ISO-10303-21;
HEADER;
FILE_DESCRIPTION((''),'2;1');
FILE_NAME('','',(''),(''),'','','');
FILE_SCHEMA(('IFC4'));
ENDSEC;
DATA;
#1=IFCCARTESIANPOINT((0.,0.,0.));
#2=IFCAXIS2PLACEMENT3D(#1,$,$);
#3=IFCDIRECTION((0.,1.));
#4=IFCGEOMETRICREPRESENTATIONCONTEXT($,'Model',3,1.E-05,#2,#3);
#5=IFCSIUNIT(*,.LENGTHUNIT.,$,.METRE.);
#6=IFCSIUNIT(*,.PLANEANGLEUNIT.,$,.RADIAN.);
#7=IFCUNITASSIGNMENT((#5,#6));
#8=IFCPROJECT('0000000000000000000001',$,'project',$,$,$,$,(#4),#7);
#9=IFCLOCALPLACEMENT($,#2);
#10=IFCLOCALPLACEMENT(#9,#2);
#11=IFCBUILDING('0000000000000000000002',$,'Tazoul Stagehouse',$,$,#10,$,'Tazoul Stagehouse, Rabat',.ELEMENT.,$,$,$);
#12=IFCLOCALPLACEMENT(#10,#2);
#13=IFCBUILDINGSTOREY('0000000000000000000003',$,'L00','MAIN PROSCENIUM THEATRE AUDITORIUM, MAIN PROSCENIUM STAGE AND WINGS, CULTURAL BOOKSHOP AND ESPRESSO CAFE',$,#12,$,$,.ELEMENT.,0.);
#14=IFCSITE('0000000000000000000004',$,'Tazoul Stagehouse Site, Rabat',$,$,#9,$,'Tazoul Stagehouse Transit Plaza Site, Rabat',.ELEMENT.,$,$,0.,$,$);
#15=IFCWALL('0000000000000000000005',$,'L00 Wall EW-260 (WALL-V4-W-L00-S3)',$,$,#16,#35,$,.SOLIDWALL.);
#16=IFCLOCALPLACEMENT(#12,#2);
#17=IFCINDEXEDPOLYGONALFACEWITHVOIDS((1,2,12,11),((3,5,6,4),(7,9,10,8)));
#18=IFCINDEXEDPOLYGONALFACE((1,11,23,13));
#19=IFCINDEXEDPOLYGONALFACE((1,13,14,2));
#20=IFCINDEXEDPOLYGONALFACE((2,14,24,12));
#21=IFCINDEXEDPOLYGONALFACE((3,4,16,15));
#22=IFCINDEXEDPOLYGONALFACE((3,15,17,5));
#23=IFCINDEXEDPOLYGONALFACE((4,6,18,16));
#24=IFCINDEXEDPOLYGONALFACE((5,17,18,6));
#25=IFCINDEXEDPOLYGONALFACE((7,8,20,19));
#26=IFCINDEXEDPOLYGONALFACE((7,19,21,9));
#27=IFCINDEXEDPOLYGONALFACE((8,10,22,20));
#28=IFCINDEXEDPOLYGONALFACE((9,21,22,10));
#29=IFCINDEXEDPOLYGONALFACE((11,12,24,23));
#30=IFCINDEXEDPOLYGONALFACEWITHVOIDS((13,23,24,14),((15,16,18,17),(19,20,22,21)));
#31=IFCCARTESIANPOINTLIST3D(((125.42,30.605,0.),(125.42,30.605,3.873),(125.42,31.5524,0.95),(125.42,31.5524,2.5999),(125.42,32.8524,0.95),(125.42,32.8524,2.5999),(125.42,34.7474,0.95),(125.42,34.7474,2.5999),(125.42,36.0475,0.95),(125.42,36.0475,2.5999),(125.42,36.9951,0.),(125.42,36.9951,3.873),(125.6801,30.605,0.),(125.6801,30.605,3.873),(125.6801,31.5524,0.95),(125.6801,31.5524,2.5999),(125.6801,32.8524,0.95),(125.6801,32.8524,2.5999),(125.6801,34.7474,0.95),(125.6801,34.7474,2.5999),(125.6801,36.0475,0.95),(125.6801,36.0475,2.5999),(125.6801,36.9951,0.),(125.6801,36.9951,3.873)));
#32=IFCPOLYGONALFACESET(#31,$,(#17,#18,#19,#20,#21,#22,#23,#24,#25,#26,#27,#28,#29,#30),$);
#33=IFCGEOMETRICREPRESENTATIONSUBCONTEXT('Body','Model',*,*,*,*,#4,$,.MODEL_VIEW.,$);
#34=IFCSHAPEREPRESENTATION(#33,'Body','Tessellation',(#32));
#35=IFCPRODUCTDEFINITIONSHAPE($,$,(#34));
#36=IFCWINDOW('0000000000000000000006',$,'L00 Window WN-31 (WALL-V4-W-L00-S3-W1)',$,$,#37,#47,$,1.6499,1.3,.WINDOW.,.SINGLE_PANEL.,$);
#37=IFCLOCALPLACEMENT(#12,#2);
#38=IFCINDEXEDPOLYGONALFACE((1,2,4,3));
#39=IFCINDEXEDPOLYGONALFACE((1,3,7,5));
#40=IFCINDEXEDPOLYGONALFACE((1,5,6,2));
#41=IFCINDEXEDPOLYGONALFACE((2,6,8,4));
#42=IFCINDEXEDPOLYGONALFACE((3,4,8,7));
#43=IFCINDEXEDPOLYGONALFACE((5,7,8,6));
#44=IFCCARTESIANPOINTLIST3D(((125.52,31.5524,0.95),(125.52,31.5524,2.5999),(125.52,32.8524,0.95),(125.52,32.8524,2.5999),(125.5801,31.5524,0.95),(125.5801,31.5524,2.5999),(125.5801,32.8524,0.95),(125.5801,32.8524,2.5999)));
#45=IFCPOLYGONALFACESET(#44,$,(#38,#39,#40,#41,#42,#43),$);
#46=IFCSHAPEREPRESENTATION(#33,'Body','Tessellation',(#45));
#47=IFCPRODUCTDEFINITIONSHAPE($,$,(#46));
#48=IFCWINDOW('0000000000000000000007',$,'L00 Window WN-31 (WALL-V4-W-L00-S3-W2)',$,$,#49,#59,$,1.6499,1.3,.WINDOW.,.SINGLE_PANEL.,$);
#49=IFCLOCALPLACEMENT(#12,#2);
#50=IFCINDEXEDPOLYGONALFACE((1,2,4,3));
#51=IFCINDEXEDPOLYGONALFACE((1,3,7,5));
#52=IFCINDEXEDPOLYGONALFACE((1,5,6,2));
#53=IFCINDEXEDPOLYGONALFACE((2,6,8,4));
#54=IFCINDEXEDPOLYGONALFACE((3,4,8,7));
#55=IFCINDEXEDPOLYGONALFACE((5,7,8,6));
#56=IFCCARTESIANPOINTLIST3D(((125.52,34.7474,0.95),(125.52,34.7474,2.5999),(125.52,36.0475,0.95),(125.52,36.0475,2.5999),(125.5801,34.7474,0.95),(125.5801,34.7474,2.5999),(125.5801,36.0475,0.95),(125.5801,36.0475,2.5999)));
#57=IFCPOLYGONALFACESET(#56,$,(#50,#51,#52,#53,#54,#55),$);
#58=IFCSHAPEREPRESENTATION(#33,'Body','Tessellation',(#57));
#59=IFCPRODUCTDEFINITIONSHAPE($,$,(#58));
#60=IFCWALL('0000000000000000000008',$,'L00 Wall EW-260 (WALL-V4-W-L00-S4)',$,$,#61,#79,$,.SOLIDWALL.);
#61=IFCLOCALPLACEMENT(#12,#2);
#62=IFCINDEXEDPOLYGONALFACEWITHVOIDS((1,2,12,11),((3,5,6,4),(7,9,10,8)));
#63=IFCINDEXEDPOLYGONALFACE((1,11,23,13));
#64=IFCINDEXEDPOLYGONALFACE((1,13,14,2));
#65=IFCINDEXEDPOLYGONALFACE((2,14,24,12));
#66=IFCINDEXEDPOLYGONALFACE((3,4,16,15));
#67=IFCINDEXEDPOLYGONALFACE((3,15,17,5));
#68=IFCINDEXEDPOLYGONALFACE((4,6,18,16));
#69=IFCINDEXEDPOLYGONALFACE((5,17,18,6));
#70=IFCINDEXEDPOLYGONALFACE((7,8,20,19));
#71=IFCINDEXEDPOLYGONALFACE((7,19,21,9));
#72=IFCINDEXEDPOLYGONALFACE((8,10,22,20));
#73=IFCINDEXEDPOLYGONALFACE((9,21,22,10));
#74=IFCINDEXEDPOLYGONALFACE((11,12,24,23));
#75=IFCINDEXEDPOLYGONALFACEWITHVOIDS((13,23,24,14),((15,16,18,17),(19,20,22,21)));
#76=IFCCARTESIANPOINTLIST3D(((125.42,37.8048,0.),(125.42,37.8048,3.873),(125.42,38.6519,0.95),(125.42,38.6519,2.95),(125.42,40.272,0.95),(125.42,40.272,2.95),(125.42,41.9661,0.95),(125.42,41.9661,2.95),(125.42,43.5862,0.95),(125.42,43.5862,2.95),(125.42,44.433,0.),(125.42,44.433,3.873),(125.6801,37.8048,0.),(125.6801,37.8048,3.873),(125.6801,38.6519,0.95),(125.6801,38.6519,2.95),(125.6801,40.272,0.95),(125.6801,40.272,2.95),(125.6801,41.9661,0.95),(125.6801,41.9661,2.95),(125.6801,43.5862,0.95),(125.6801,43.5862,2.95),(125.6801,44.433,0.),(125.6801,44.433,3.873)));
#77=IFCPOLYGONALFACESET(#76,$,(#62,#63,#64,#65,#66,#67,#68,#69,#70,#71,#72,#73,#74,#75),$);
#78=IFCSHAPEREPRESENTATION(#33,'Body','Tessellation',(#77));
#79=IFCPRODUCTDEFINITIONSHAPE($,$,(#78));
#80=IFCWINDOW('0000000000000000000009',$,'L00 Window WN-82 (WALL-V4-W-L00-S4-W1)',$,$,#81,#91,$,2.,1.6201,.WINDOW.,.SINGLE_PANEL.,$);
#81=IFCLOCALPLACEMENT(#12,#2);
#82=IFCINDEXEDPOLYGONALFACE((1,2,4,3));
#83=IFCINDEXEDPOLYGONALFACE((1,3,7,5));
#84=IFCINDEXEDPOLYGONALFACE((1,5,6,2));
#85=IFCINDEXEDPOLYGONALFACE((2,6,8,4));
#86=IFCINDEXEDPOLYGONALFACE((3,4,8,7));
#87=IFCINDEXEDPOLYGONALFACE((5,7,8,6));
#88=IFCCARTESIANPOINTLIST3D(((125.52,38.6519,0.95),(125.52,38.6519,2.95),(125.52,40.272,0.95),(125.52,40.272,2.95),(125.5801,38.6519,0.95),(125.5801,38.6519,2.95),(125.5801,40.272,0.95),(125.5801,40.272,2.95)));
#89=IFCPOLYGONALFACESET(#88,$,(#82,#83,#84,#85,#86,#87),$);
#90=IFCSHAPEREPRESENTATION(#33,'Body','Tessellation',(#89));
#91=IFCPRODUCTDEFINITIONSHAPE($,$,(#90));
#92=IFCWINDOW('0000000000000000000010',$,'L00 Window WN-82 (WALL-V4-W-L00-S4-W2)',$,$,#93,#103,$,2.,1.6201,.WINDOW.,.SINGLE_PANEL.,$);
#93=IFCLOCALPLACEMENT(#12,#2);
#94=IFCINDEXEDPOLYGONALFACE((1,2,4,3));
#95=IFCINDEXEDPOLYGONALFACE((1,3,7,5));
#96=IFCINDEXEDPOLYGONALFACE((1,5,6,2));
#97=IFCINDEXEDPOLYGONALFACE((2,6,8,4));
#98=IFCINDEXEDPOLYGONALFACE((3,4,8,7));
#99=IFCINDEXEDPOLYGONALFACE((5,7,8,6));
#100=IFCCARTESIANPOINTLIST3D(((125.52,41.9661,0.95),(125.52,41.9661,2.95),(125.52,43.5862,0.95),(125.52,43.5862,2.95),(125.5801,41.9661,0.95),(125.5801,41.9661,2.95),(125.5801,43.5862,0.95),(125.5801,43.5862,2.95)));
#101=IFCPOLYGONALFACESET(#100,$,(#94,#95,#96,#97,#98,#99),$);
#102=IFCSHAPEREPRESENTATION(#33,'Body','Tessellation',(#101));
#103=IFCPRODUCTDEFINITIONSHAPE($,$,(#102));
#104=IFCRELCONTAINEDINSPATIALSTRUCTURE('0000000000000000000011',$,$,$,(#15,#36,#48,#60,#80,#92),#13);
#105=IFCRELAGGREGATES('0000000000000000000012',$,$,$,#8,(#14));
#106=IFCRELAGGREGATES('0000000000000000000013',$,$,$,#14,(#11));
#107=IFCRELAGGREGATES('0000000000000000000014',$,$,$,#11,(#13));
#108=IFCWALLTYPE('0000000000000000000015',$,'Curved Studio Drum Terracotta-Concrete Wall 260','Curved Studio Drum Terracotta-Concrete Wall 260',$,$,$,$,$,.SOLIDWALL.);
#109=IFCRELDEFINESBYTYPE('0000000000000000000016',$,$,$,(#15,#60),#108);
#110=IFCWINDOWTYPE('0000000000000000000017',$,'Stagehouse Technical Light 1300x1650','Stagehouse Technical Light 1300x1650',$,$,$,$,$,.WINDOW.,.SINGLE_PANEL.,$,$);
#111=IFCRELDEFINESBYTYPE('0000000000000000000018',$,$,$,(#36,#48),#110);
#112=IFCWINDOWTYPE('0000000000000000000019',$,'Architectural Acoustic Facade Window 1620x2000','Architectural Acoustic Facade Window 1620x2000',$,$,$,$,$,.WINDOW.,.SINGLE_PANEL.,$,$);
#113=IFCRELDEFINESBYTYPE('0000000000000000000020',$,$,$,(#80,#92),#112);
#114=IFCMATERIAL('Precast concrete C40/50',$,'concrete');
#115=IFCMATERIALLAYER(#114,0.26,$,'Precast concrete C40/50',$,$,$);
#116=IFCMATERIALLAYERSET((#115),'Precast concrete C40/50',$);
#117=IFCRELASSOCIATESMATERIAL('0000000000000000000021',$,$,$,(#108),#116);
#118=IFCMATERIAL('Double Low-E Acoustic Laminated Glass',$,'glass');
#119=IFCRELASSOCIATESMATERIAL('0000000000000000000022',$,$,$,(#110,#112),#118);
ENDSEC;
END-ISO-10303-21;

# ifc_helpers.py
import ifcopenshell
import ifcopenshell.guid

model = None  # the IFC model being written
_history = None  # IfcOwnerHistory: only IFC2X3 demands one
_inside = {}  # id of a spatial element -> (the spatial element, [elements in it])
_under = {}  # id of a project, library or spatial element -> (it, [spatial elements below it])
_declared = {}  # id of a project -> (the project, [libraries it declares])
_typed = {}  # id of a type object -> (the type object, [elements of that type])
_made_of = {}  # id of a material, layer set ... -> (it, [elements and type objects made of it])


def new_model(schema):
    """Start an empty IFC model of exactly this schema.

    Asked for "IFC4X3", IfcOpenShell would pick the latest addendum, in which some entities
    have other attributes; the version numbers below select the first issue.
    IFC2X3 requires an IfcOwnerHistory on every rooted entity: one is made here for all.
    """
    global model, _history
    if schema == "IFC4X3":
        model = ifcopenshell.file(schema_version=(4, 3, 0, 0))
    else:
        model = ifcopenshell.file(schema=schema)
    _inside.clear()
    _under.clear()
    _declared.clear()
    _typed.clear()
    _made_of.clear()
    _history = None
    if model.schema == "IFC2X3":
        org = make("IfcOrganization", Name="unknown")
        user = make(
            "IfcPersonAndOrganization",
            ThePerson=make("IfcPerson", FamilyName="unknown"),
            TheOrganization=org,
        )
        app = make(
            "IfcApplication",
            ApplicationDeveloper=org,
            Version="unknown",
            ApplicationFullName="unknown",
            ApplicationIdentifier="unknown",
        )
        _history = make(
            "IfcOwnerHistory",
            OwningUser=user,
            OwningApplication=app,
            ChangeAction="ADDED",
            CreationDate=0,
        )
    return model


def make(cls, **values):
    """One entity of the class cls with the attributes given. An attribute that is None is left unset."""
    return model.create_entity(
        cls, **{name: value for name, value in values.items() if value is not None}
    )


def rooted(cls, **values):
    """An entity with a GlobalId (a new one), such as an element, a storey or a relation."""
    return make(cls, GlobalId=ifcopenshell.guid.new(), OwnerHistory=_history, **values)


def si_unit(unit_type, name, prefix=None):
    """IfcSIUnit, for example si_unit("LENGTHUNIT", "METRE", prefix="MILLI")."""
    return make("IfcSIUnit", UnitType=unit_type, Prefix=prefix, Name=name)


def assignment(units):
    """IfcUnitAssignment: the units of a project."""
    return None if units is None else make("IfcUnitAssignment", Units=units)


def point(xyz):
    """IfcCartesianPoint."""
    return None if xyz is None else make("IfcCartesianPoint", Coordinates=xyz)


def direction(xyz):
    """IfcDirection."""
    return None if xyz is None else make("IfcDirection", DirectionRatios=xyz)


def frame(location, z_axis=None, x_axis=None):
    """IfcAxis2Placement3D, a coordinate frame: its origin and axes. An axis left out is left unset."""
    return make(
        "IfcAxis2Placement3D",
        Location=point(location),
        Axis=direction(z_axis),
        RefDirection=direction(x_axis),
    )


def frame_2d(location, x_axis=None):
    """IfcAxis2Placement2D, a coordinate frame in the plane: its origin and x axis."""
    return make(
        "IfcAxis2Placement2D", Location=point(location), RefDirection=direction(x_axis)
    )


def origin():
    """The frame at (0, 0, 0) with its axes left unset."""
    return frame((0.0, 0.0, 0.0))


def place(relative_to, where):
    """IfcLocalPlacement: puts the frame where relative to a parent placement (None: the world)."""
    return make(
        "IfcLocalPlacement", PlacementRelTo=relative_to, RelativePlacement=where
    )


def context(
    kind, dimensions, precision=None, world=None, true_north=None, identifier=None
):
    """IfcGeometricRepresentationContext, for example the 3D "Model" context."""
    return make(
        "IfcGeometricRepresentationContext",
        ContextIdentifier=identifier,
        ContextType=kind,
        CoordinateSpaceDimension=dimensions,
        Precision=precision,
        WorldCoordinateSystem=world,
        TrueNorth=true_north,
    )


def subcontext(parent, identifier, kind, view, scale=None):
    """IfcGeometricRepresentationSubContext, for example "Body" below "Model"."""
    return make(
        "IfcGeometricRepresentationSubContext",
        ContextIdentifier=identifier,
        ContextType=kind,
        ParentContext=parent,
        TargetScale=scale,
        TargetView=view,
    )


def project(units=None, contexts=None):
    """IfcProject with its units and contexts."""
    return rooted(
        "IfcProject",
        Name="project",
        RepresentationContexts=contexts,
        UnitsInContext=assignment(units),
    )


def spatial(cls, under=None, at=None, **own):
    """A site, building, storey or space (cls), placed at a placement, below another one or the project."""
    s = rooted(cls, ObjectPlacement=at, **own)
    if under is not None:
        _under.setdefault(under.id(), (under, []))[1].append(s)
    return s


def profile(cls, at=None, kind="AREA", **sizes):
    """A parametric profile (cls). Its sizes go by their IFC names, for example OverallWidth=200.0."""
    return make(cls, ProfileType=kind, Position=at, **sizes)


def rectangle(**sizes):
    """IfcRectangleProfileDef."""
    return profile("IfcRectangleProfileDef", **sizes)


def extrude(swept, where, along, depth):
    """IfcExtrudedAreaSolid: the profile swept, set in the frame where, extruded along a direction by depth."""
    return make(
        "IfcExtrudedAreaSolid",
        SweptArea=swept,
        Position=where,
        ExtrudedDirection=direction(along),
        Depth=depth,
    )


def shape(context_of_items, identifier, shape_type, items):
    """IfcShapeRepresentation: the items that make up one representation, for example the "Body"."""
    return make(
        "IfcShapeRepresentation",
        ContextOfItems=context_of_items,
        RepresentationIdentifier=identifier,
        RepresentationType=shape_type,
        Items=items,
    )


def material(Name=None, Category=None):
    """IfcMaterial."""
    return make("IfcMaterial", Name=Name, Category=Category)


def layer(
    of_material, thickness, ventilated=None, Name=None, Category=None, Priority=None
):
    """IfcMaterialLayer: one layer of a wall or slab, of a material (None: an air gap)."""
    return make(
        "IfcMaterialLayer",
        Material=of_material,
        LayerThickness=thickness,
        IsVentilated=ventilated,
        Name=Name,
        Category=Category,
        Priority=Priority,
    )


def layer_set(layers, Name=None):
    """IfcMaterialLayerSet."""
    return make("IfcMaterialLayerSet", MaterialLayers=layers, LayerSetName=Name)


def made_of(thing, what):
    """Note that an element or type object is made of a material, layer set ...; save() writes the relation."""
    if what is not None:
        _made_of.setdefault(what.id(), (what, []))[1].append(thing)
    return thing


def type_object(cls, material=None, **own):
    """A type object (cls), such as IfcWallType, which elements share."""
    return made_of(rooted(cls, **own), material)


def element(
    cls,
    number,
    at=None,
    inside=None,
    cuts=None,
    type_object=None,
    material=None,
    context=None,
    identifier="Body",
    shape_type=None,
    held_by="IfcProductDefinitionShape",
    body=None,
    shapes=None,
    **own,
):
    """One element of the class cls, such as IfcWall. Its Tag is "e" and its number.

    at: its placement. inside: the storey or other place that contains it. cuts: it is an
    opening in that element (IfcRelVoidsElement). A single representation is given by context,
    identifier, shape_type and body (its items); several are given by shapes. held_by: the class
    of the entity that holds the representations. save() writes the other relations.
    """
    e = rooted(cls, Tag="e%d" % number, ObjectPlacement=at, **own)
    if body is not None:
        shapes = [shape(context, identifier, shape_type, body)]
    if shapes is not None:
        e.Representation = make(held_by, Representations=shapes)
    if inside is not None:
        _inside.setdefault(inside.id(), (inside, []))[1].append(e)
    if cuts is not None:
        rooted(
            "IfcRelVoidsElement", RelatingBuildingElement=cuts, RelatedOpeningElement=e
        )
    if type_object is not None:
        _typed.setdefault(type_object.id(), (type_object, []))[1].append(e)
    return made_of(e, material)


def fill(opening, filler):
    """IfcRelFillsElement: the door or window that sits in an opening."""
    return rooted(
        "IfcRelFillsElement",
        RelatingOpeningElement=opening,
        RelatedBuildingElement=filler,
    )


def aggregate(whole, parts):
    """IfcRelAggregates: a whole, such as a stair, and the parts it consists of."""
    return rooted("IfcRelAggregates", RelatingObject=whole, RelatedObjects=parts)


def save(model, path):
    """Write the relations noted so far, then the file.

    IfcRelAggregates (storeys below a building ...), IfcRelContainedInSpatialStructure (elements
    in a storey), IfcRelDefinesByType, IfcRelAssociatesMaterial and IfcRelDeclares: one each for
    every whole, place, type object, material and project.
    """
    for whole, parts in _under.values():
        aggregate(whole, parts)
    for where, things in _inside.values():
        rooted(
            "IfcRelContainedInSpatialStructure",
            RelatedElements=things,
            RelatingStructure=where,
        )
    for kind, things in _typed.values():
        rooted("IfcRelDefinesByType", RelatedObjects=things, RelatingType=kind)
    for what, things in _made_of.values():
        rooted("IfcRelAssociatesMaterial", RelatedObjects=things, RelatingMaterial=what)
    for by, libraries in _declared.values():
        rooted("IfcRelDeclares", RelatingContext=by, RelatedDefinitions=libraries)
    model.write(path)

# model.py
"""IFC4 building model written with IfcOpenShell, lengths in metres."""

from ifc_helpers import new_model, si_unit, direction, frame, frame_2d, origin, place, context, subcontext, project, spatial, rectangle, extrude, material, layer, layer_set, type_object, element, fill, save


model = new_model("IFC4")

# Units and contexts
model_context = context("Model", 3, precision=1e-05, world=origin(), true_north=direction((0.0, 1.0)))
body_context = subcontext(model_context, "Body", "Model", "MODEL_VIEW")
ifc_project = project(units=[si_unit("LENGTHUNIT", "METRE"), si_unit("PLANEANGLEUNIT", "RADIAN")], contexts=[model_context])

# Site, building, storey
site_placement = place(None, origin())
site = spatial("IfcSite", under=ifc_project, at=site_placement, Name="Tazoul Stagehouse Site, Rabat", LongName="Tazoul Stagehouse Transit Plaza Site, Rabat", CompositionType="ELEMENT", RefElevation=0.0)
building_placement = place(site_placement, origin())
building = spatial("IfcBuilding", under=site, at=building_placement, Name="Tazoul Stagehouse", LongName="Tazoul Stagehouse, Rabat", CompositionType="ELEMENT")
storey_placement = place(building_placement, origin())
storey = spatial("IfcBuildingStorey", under=building, at=storey_placement, Name="L00", Description="MAIN PROSCENIUM THEATRE AUDITORIUM, MAIN PROSCENIUM STAGE AND WINGS, CULTURAL BOOKSHOP AND ESPRESSO CAFE", CompositionType="ELEMENT", Elevation=0.0)

# Walls, openings, windows
ifc_material_1 = material(Name="Precast concrete C40/50", Category="concrete")
ifc_layer_1 = layer(ifc_material_1, 0.26, Name="Precast concrete C40/50")
ifc_layer_set_1 = layer_set([ifc_layer_1], Name="Precast concrete C40/50")
wall_type = type_object("IfcWallType", Name="Curved Studio Drum Terracotta-Concrete Wall 260", Description="Curved Studio Drum Terracotta-Concrete Wall 260", PredefinedType="SOLIDWALL", material=ifc_layer_set_1)
wall_1_placement = place(storey_placement, frame((125.55, 30.605, 0.0), z_axis=(0.0, 0.0, 1.0), x_axis=(0.0, 1.0, 0.0)))
wall_1 = element("IfcWall", 1, at=wall_1_placement, inside=storey, type_object=wall_type, Name="L00 Wall EW-260 (WALL-V4-W-L00-S3)", PredefinedType="SOLIDWALL", context=body_context, shape_type="SweptSolid", body=[
    extrude(rectangle(XDim=6.3901, YDim=0.26, at=frame_2d((3.1951, 0.0))), origin(), (0.0, 0.0, 1.0), 3.873),
])
opening_1_placement = place(wall_1_placement, frame((0.9475, 0.0, 0.95)))
opening_1 = element("IfcOpeningElement", 2, at=opening_1_placement, cuts=wall_1, PredefinedType="OPENING", context=body_context, shape_type="SweptSolid", body=[
    extrude(rectangle(XDim=1.3, YDim=1.6499, at=frame_2d((0.6499, 0.825))), frame((0.0, 0.1499, 0.0), z_axis=(0.0, -1.0, 0.0), x_axis=(1.0, 0.0, 0.0)), (0.0, 0.0, 1.0), 0.3),
])
opening_2_placement = place(wall_1_placement, frame((4.1426, 0.0, 0.95)))
opening_2 = element("IfcOpeningElement", 3, at=opening_2_placement, cuts=wall_1, PredefinedType="OPENING", context=body_context, shape_type="SweptSolid", body=[
    extrude(rectangle(XDim=1.3, YDim=1.6499, at=frame_2d((0.6499, 0.825))), frame((0.0, 0.1499, 0.0), z_axis=(0.0, -1.0, 0.0), x_axis=(1.0, 0.0, 0.0)), (0.0, 0.0, 1.0), 0.3),
])
ifc_material_2 = material(Name="Double Low-E Acoustic Laminated Glass", Category="glass")
window_type_1 = type_object("IfcWindowType", Name="Stagehouse Technical Light 1300x1650", Description="Stagehouse Technical Light 1300x1650", PartitioningType="SINGLE_PANEL", PredefinedType="WINDOW", material=ifc_material_2)
window_1_placement = place(opening_1_placement, origin())
window_1 = element("IfcWindow", 4, at=window_1_placement, inside=storey, type_object=window_type_1, Name="L00 Window WN-31 (WALL-V4-W-L00-S3-W1)", OverallHeight=1.6499, OverallWidth=1.3, PartitioningType="SINGLE_PANEL", PredefinedType="WINDOW", context=body_context, shape_type="SweptSolid", body=[
    extrude(rectangle(XDim=1.3, YDim=1.6499, at=frame_2d((0.6499, 0.825))), frame((0.0, 0.03, 0.0), z_axis=(0.0, -1.0, 0.0), x_axis=(1.0, 0.0, 0.0)), (0.0, 0.0, 1.0), 0.0601),
])
fill(opening_1, window_1)
window_2_placement = place(opening_2_placement, origin())
window_2 = element("IfcWindow", 5, at=window_2_placement, inside=storey, type_object=window_type_1, Name="L00 Window WN-31 (WALL-V4-W-L00-S3-W2)", OverallHeight=1.6499, OverallWidth=1.3, PartitioningType="SINGLE_PANEL", PredefinedType="WINDOW", context=body_context, shape_type="SweptSolid", body=[
    extrude(rectangle(XDim=1.3, YDim=1.6499, at=frame_2d((0.6499, 0.825))), frame((0.0, 0.03, 0.0), z_axis=(0.0, -1.0, 0.0), x_axis=(1.0, 0.0, 0.0)), (0.0, 0.0, 1.0), 0.0601),
])
fill(opening_2, window_2)
wall_2_placement = place(storey_placement, frame((125.55, 37.8049, 0.0), z_axis=(0.0, 0.0, 1.0), x_axis=(0.0, 1.0, 0.0)))
wall_2 = element("IfcWall", 6, at=wall_2_placement, inside=storey, type_object=wall_type, Name="L00 Wall EW-260 (WALL-V4-W-L00-S4)", PredefinedType="SOLIDWALL", context=body_context, shape_type="SweptSolid", body=[
    extrude(rectangle(XDim=6.6282, YDim=0.26, at=frame_2d((3.314, 0.0))), origin(), (0.0, 0.0, 1.0), 3.873),
])
opening_3_placement = place(wall_2_placement, frame((0.8469, 0.0, 0.95)))
opening_3 = element("IfcOpeningElement", 7, at=opening_3_placement, cuts=wall_2, PredefinedType="OPENING", context=body_context, shape_type="SweptSolid", body=[
    extrude(rectangle(XDim=1.6201, YDim=2.0, at=frame_2d((0.8101, 1.0))), frame((0.0, 0.1499, 0.0), z_axis=(0.0, -1.0, 0.0), x_axis=(1.0, 0.0, 0.0)), (0.0, 0.0, 1.0), 0.3),
])
opening_4_placement = place(wall_2_placement, frame((4.1611, 0.0, 0.95)))
opening_4 = element("IfcOpeningElement", 8, at=opening_4_placement, cuts=wall_2, PredefinedType="OPENING", context=body_context, shape_type="SweptSolid", body=[
    extrude(rectangle(XDim=1.6201, YDim=2.0, at=frame_2d((0.8101, 1.0))), frame((0.0, 0.1499, 0.0), z_axis=(0.0, -1.0, 0.0), x_axis=(1.0, 0.0, 0.0)), (0.0, 0.0, 1.0), 0.3),
])
window_type_2 = type_object("IfcWindowType", Name="Architectural Acoustic Facade Window 1620x2000", Description="Architectural Acoustic Facade Window 1620x2000", PartitioningType="SINGLE_PANEL", PredefinedType="WINDOW", material=ifc_material_2)
window_3_placement = place(opening_3_placement, origin())
window_3 = element("IfcWindow", 9, at=window_3_placement, inside=storey, type_object=window_type_2, Name="L00 Window WN-82 (WALL-V4-W-L00-S4-W1)", OverallHeight=2.0, OverallWidth=1.6201, PartitioningType="SINGLE_PANEL", PredefinedType="WINDOW", context=body_context, shape_type="SweptSolid", body=[
    extrude(rectangle(XDim=1.6201, YDim=2.0, at=frame_2d((0.8101, 1.0))), frame((0.0, 0.03, 0.0), z_axis=(0.0, -1.0, 0.0), x_axis=(1.0, 0.0, 0.0)), (0.0, 0.0, 1.0), 0.0601),
])
fill(opening_3, window_3)
window_4_placement = place(opening_4_placement, origin())
window_4 = element("IfcWindow", 10, at=window_4_placement, inside=storey, type_object=window_type_2, Name="L00 Window WN-82 (WALL-V4-W-L00-S4-W2)", OverallHeight=2.0, OverallWidth=1.6201, PartitioningType="SINGLE_PANEL", PredefinedType="WINDOW", context=body_context, shape_type="SweptSolid", body=[
    extrude(rectangle(XDim=1.6201, YDim=2.0, at=frame_2d((0.8101, 1.0))), frame((0.0, 0.03, 0.0), z_axis=(0.0, -1.0, 0.0), x_axis=(1.0, 0.0, 0.0)), (0.0, 0.0, 1.0), 0.0601),
])
fill(opening_4, window_4)

save(model, "model.ifc")
